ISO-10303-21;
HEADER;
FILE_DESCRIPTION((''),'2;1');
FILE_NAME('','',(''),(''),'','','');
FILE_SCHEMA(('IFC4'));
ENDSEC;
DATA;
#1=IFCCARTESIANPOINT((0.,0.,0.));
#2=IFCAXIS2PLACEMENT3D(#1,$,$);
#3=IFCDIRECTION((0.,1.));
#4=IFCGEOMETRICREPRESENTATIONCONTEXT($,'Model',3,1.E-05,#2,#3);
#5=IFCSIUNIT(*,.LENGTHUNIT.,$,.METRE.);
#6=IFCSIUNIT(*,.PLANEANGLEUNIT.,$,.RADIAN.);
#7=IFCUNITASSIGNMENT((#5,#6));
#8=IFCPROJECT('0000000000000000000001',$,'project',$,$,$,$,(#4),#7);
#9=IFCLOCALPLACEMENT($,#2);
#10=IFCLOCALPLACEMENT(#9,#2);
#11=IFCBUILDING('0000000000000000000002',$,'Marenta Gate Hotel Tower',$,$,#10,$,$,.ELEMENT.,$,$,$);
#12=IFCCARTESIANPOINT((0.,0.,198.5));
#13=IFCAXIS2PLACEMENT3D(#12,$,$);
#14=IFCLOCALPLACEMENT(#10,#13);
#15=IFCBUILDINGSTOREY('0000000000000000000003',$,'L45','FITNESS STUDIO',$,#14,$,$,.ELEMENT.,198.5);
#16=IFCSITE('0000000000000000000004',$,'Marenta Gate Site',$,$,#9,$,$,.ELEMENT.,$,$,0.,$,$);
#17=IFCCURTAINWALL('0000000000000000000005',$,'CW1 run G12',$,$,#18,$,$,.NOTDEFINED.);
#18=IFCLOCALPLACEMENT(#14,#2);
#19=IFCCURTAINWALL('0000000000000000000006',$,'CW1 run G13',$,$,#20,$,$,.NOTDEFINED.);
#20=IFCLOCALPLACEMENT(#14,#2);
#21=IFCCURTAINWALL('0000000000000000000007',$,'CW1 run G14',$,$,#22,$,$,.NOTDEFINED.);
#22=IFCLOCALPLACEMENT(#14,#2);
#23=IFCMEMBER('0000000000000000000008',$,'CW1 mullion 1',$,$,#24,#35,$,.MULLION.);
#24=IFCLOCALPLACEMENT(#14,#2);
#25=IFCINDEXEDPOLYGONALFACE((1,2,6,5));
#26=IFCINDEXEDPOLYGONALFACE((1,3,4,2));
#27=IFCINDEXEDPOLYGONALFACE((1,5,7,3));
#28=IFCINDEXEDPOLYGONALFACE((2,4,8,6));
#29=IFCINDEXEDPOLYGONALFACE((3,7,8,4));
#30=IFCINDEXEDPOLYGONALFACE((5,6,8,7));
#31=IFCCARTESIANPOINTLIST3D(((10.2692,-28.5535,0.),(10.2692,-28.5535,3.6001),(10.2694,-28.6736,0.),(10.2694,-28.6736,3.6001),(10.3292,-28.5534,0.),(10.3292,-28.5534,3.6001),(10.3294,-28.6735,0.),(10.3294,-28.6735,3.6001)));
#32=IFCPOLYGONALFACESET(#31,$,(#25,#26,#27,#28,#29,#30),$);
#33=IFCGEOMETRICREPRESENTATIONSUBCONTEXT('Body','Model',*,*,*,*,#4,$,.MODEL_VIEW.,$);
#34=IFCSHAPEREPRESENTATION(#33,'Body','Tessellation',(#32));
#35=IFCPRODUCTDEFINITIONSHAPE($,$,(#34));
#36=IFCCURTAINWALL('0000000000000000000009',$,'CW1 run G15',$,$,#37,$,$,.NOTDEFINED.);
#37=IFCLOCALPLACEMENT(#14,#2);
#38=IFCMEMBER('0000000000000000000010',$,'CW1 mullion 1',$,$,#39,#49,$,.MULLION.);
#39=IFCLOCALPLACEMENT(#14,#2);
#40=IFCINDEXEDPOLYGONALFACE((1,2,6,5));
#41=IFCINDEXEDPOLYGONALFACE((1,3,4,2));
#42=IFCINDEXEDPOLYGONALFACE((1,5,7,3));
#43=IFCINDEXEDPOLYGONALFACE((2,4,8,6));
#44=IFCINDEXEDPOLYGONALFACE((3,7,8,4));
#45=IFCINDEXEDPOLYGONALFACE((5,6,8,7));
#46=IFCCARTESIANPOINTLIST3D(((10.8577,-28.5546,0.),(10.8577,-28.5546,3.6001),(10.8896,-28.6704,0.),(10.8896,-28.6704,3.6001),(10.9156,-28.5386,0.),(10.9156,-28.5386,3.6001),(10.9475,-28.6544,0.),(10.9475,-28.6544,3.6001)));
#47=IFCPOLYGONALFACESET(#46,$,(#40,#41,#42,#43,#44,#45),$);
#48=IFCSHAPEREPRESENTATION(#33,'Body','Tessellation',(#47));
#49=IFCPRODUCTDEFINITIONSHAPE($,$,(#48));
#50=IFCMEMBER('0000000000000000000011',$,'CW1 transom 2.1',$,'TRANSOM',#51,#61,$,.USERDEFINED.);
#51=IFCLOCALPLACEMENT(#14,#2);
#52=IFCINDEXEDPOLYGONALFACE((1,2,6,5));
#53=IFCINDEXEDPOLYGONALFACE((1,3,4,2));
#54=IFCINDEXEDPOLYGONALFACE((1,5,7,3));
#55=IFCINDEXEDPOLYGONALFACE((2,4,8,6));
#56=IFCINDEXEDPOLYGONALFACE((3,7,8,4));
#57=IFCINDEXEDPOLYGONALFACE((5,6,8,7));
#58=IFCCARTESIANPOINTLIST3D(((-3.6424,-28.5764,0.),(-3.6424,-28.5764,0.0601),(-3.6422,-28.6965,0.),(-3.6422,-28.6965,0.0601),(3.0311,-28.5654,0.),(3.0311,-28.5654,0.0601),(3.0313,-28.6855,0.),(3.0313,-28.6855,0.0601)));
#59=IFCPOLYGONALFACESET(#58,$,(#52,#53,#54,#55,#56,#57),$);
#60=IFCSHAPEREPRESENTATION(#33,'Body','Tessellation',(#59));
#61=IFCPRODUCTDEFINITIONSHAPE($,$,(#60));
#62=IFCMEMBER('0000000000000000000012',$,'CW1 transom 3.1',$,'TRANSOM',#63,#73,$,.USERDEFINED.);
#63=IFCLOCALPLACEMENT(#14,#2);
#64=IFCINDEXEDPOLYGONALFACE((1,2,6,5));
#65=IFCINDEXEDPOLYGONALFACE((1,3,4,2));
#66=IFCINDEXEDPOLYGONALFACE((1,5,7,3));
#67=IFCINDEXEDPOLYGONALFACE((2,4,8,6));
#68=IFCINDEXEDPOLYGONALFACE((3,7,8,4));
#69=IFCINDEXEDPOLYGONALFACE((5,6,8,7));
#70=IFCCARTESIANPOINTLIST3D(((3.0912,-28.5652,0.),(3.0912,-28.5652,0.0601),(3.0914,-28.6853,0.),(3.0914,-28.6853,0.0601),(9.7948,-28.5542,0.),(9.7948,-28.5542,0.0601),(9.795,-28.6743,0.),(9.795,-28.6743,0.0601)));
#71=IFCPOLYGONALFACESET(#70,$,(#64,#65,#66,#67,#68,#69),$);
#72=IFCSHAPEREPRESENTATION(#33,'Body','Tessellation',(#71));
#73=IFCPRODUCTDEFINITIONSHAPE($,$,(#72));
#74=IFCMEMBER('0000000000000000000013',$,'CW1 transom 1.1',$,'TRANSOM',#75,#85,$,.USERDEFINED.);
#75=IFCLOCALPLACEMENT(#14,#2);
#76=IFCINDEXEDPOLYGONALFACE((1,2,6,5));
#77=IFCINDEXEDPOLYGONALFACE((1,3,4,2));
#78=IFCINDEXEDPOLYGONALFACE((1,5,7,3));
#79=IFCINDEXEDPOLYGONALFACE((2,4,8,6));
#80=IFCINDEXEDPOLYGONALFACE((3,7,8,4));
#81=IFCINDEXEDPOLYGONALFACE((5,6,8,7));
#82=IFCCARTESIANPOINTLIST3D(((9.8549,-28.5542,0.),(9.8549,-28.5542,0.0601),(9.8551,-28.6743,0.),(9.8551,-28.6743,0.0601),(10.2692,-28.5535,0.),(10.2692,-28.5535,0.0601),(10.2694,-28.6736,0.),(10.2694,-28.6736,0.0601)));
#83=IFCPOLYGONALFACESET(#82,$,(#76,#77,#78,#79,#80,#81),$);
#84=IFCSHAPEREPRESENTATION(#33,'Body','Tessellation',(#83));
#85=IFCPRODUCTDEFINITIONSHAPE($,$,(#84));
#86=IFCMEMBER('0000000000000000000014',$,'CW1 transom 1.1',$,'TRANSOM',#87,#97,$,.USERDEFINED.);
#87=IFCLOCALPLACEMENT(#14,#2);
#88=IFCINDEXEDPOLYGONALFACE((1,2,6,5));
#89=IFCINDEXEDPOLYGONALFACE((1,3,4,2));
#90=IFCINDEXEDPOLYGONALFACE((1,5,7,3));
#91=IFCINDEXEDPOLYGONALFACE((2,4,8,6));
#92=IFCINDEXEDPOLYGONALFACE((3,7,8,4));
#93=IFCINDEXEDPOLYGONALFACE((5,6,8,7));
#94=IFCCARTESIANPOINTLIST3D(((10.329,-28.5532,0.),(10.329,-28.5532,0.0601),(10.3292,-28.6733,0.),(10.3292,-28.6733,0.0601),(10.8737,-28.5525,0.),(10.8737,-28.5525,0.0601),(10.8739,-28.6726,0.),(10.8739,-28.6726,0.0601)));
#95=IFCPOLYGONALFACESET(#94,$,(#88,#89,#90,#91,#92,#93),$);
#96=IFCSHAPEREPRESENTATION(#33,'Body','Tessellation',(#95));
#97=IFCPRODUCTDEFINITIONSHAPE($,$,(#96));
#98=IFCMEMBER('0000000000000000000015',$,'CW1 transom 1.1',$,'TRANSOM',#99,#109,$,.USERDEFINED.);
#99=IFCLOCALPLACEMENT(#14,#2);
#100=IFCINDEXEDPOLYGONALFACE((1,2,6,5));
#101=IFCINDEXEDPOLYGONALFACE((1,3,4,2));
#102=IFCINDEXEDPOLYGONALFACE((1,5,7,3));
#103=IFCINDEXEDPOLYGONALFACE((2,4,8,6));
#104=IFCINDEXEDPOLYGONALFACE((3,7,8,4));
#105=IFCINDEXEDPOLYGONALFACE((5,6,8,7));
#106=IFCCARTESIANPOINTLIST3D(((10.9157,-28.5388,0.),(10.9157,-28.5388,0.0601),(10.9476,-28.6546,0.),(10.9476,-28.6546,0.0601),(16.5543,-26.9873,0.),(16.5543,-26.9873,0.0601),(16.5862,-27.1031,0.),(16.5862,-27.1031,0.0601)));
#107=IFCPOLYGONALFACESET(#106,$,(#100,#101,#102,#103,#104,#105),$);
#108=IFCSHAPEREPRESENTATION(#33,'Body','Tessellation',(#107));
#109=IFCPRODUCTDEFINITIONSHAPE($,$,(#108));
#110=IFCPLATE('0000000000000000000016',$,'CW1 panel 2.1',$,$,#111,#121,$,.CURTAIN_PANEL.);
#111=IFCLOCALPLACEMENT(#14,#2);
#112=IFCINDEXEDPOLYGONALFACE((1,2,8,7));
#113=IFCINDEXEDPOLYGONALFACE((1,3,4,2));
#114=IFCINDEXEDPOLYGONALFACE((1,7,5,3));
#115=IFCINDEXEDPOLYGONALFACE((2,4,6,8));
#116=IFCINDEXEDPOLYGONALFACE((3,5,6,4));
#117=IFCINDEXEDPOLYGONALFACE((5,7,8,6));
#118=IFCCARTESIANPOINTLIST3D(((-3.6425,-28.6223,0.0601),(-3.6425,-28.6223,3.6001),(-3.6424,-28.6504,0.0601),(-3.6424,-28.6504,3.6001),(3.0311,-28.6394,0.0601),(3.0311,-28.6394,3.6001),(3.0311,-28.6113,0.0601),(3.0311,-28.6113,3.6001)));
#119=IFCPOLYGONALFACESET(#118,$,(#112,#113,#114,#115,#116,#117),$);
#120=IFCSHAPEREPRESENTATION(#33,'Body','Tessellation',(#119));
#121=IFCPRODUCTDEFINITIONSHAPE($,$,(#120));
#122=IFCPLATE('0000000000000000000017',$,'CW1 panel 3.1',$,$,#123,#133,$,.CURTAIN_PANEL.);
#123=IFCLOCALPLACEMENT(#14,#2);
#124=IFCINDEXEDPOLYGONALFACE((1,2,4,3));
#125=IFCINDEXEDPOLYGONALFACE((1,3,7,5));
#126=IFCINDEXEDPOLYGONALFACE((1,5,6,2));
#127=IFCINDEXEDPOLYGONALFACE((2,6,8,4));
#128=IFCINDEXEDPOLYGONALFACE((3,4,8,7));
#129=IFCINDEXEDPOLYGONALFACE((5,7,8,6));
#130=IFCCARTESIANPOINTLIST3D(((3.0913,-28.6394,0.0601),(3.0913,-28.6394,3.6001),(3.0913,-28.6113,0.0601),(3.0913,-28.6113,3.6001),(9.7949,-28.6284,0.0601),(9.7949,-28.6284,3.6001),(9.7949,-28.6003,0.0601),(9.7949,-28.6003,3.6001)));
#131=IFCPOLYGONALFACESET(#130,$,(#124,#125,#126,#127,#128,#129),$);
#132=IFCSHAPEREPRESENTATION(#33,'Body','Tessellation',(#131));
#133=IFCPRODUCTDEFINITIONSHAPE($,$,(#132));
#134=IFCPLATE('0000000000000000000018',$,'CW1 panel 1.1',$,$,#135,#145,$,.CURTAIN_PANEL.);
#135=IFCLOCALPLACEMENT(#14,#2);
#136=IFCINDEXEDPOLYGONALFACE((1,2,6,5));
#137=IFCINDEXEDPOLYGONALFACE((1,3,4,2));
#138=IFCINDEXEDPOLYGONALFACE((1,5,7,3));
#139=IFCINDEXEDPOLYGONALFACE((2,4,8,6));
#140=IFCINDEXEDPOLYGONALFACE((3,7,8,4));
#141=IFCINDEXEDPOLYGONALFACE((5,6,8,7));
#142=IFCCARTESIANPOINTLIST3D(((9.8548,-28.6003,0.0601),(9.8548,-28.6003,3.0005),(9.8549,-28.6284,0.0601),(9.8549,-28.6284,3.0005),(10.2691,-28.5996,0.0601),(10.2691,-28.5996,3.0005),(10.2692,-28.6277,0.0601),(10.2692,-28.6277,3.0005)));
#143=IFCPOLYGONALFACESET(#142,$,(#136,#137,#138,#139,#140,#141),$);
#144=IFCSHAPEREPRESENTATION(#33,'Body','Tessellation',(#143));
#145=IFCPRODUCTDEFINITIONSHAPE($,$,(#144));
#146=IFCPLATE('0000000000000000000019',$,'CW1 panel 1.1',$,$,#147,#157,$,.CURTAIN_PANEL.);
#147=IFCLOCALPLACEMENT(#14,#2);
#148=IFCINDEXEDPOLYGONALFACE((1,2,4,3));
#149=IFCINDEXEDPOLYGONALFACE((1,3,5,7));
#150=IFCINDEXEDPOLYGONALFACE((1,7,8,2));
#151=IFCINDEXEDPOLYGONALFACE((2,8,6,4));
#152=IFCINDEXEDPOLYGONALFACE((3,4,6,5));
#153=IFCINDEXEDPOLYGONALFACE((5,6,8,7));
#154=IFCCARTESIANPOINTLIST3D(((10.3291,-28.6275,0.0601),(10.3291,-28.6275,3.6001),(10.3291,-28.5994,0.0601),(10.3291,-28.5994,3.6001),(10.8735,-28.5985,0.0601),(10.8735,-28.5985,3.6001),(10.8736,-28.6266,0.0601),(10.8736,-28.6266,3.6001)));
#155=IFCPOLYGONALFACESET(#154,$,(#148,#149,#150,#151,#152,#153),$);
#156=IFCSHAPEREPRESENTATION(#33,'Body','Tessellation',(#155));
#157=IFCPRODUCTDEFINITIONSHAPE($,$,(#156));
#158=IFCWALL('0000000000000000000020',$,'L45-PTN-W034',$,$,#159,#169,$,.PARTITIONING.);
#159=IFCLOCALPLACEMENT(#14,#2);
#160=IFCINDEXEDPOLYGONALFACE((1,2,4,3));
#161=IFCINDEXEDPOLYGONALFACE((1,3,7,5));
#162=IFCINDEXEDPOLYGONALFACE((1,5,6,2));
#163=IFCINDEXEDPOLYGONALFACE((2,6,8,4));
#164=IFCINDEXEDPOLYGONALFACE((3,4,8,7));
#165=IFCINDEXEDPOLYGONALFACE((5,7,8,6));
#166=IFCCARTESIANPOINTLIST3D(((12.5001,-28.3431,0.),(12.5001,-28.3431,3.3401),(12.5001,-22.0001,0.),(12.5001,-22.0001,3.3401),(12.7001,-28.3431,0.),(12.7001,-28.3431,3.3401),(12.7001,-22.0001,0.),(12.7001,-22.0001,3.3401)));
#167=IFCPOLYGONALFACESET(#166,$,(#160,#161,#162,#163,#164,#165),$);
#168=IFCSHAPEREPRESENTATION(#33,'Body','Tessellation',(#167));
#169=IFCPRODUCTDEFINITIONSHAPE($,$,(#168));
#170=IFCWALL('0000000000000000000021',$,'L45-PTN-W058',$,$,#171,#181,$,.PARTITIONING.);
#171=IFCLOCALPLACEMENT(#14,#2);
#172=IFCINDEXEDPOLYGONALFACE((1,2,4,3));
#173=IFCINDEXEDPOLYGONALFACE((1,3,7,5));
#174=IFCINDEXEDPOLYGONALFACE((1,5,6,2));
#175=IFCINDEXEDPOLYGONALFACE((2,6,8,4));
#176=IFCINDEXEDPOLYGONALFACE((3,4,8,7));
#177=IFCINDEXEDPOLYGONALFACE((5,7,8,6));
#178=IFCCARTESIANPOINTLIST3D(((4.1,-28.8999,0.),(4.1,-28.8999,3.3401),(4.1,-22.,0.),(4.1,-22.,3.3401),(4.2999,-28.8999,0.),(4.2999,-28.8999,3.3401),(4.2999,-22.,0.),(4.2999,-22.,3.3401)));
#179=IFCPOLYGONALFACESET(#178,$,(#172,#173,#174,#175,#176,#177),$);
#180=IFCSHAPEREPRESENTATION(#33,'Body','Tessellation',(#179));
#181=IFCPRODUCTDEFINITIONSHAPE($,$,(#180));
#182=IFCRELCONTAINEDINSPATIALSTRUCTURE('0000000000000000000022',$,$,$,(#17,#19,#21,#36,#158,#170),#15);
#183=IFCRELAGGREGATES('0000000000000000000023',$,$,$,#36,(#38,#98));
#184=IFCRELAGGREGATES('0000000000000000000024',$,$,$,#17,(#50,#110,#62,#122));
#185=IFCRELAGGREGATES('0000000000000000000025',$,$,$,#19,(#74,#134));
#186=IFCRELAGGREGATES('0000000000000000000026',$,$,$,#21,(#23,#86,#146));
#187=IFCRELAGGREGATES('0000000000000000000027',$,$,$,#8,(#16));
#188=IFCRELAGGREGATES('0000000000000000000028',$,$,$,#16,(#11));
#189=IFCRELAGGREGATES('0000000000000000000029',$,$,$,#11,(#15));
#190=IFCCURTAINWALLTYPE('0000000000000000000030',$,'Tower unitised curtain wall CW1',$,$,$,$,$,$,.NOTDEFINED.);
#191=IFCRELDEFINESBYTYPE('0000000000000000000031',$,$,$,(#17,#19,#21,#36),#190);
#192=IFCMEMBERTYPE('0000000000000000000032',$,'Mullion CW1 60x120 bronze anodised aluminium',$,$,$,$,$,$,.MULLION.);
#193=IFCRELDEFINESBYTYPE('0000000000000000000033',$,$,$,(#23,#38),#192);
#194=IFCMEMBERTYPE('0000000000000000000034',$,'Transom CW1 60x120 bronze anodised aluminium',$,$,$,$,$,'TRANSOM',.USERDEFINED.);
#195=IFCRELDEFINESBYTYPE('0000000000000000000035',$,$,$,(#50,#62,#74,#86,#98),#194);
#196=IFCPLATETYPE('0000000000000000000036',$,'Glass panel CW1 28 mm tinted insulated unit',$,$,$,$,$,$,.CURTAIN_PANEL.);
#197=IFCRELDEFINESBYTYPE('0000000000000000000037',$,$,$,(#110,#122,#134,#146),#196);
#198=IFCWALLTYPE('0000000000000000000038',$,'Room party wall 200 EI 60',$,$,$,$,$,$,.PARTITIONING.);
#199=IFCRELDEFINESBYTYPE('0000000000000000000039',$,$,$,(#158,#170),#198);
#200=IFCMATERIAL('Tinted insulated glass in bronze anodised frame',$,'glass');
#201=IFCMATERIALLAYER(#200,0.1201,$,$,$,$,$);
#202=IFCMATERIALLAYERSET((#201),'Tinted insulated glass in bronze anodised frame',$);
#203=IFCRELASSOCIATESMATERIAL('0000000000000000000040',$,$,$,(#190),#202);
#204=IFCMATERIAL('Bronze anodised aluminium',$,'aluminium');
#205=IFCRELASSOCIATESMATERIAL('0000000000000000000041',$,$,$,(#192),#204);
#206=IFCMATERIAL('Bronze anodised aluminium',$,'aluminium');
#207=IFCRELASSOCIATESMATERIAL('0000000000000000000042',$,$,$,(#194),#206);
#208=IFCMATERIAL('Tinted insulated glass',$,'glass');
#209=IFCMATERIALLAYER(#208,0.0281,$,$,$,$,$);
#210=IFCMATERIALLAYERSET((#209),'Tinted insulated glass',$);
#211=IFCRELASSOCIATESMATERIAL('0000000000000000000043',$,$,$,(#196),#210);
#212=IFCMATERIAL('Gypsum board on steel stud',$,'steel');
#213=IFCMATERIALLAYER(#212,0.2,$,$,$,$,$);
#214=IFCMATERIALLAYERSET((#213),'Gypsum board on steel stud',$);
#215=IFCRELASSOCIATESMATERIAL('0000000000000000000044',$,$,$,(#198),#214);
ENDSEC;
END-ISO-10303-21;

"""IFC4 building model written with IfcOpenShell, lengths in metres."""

from ifc_helpers import new_model, si_unit, direction, frame, frame_2d, origin, origin_2d, place, context, subcontext, project, spatial, rectangle, extrude, material, layer, layer_set, material_profile, profile_set, type_object, element, aggregate, save


model = new_model("IFC4")

# Units and contexts
model_context = context("Model", 3, precision=1e-05, world=origin(), true_north=direction((0.0, 1.0)))
body_context = subcontext(model_context, "Body", "Model", "MODEL_VIEW")
ifc_project = project(units=[si_unit("LENGTHUNIT", "METRE"), si_unit("PLANEANGLEUNIT", "RADIAN")], contexts=[model_context])

# Site, building, storey
site_placement = place(None, origin())
site = spatial("IfcSite", under=ifc_project, at=site_placement, Name="Marenta Gate Site", CompositionType="ELEMENT", RefElevation=0.0)
building_placement = place(site_placement, origin())
building = spatial("IfcBuilding", under=site, at=building_placement, Name="Marenta Gate Hotel Tower", CompositionType="ELEMENT")
storey_placement = place(building_placement, frame((0.0, 0.0, 198.5)))
storey = spatial("IfcBuildingStorey", under=building, at=storey_placement, Name="L45", Description="FITNESS STUDIO", CompositionType="ELEMENT", Elevation=198.5)

# Curtain wall
ifc_material_1 = material(Name="Tinted insulated glass in bronze anodised frame", Category="glass")
ifc_layer_1 = layer(ifc_material_1, 0.1201)
ifc_layer_set_1 = layer_set([ifc_layer_1], Name="Tinted insulated glass in bronze anodised frame")
curtain_wall_type = type_object("IfcCurtainWallType", Name="Tower unitised curtain wall CW1", PredefinedType="NOTDEFINED", material=ifc_layer_set_1)
curtain_wall_1_placement = place(storey_placement, origin())
curtain_wall_1 = element("IfcCurtainWall", 1, at=curtain_wall_1_placement, inside=storey, type_object=curtain_wall_type, Name="CW1 run G12", PredefinedType="NOTDEFINED")
ifc_material_2 = material(Name="Bronze anodised aluminium", Category="aluminium")
ifc_material_profile_1 = material_profile(ifc_material_2, rectangle(XDim=0.1201, YDim=0.0601, at=origin_2d()), Name="Mullion CW1 60x120 bronze anodised aluminium")
ifc_profile_set_1 = profile_set([ifc_material_profile_1], Name="Bronze anodised aluminium")
member_type_1 = type_object("IfcMemberType", Name="Mullion CW1 60x120 bronze anodised aluminium", PredefinedType="MULLION", material=ifc_profile_set_1)

# Curtain walls, members
curtain_wall_2_placement = place(storey_placement, origin())
curtain_wall_2 = element("IfcCurtainWall", 2, at=curtain_wall_2_placement, inside=storey, type_object=curtain_wall_type, Name="CW1 run G13", PredefinedType="NOTDEFINED")
curtain_wall_3_placement = place(storey_placement, origin())
curtain_wall_3 = element("IfcCurtainWall", 3, at=curtain_wall_3_placement, inside=storey, type_object=curtain_wall_type, Name="CW1 run G14", PredefinedType="NOTDEFINED")
member_1_placement = place(storey_placement, frame((10.2993, -28.6135, 0.0), z_axis=(0.0, 0.0, 1.0), x_axis=(-0.001654, 0.999999, 0.0)))
member_1 = element("IfcMember", 4, at=member_1_placement, type_object=member_type_1, Name="CW1 mullion 1", PredefinedType="MULLION", context=body_context, shape_type="SweptSolid", body=[
    extrude(rectangle(XDim=0.1201, YDim=0.0601, at=origin_2d()), origin(), (0.0, 0.0, 1.0), 3.6001),
])
curtain_wall_4_placement = place(storey_placement, origin())
curtain_wall_4 = element("IfcCurtainWall", 5, at=curtain_wall_4_placement, inside=storey, type_object=curtain_wall_type, Name="CW1 run G15", PredefinedType="NOTDEFINED")
member_2_placement = place(storey_placement, frame((10.9026, -28.6045, 0.0), z_axis=(0.0, 0.0, 1.0), x_axis=(-0.265293, 0.964168, 0.0)))
member_2 = element("IfcMember", 6, at=member_2_placement, type_object=member_type_1, Name="CW1 mullion 1", PredefinedType="MULLION", context=body_context, shape_type="SweptSolid", body=[
    extrude(rectangle(XDim=0.1201, YDim=0.0601, at=origin_2d()), origin(), (0.0, 0.0, 1.0), 3.6001),
])

# Members
ifc_material_3 = material(Name="Bronze anodised aluminium", Category="aluminium")
ifc_material_profile_2 = material_profile(ifc_material_3, rectangle(XDim=0.1201, YDim=0.0601, at=origin_2d()), Name="Transom CW1 60x120 bronze anodised aluminium")
ifc_profile_set_2 = profile_set([ifc_material_profile_2], Name="Bronze anodised aluminium")
member_type_2 = type_object("IfcMemberType", Name="Transom CW1 60x120 bronze anodised aluminium", ElementType="TRANSOM", PredefinedType="USERDEFINED", material=ifc_profile_set_2)
member_3_placement = place(storey_placement, frame((-3.6423, -28.6365, 0.03), z_axis=(0.999999, 0.001646, 0.0), x_axis=(-0.001646, 0.999999, 0.0)))
member_3 = element("IfcMember", 7, at=member_3_placement, type_object=member_type_2, Name="CW1 transom 2.1", ObjectType="TRANSOM", PredefinedType="USERDEFINED", context=body_context, shape_type="SweptSolid", body=[
    extrude(rectangle(XDim=0.1201, YDim=0.0601, at=origin_2d()), origin(), (0.0, 0.0, 1.0), 6.6736),
])
member_4_placement = place(storey_placement, frame((3.0913, -28.6252, 0.03), z_axis=(0.999999, 0.001639, 0.0), x_axis=(-0.001639, 0.999999, 0.0)))
member_4 = element("IfcMember", 8, at=member_4_placement, type_object=member_type_2, Name="CW1 transom 3.1", ObjectType="TRANSOM", PredefinedType="USERDEFINED", context=body_context, shape_type="SweptSolid", body=[
    extrude(rectangle(XDim=0.1201, YDim=0.0601, at=origin_2d()), origin(), (0.0, 0.0, 1.0), 6.7036),
])
member_5_placement = place(storey_placement, frame((9.855, -28.6143, 0.03), z_axis=(0.999998, 0.001768, 0.0), x_axis=(-0.001768, 0.999998, 0.0)))
member_5 = element("IfcMember", 9, at=member_5_placement, type_object=member_type_2, Name="CW1 transom 1.1", ObjectType="TRANSOM", PredefinedType="USERDEFINED", context=body_context, shape_type="SweptSolid", body=[
    extrude(rectangle(XDim=0.1201, YDim=0.0601, at=origin_2d()), origin(), (0.0, 0.0, 1.0), 0.4143),
])
member_6_placement = place(storey_placement, frame((10.3291, -28.6133, 0.03), z_axis=(0.999999, 0.001345, 0.0), x_axis=(-0.001345, 0.999999, 0.0)))
member_6 = element("IfcMember", 10, at=member_6_placement, type_object=member_type_2, Name="CW1 transom 1.1", ObjectType="TRANSOM", PredefinedType="USERDEFINED", context=body_context, shape_type="SweptSolid", body=[
    extrude(rectangle(XDim=0.1201, YDim=0.0601, at=origin_2d()), origin(), (0.0, 0.0, 1.0), 0.5447),
])
member_7_placement = place(storey_placement, frame((10.9316, -28.5967, 0.03), z_axis=(0.964167, 0.265296, 0.0), x_axis=(-0.265296, 0.964167, 0.0)))
member_7 = element("IfcMember", 11, at=member_7_placement, type_object=member_type_2, Name="CW1 transom 1.1", ObjectType="TRANSOM", PredefinedType="USERDEFINED", context=body_context, shape_type="SweptSolid", body=[
    extrude(rectangle(XDim=0.1201, YDim=0.0601, at=origin_2d()), origin(), (0.0, 0.0, 1.0), 5.8481),
])
aggregate(curtain_wall_4, [member_2, member_7])

# Plates
ifc_material_4 = material(Name="Tinted insulated glass", Category="glass")
ifc_layer_2 = layer(ifc_material_4, 0.0281)
ifc_layer_set_2 = layer_set([ifc_layer_2], Name="Tinted insulated glass")
plate_type = type_object("IfcPlateType", Name="Glass panel CW1 28 mm tinted insulated unit", PredefinedType="CURTAIN_PANEL", material=ifc_layer_set_2)
plate_1_placement = place(storey_placement, frame((-0.3057, -28.6309, 0.0601), z_axis=(0.0, 0.0, 1.0), x_axis=(0.999999, 0.001643, 0.0)))
plate_1 = element("IfcPlate", 12, at=plate_1_placement, type_object=plate_type, Name="CW1 panel 2.1", PredefinedType="CURTAIN_PANEL", context=body_context, shape_type="SweptSolid", body=[
    extrude(rectangle(XDim=6.6736, YDim=0.0281, at=origin_2d()), origin(), (0.0, 0.0, 1.0), 3.54),
])
plate_2_placement = place(storey_placement, frame((6.4431, -28.6199, 0.0601), z_axis=(0.0, 0.0, 1.0), x_axis=(0.999999, 0.001643, 0.0)))
plate_2 = element("IfcPlate", 13, at=plate_2_placement, type_object=plate_type, Name="CW1 panel 3.1", PredefinedType="CURTAIN_PANEL", context=body_context, shape_type="SweptSolid", body=[
    extrude(rectangle(XDim=6.7036, YDim=0.0281, at=origin_2d()), origin(), (0.0, 0.0, 1.0), 3.54),
])
aggregate(curtain_wall_1, [member_3, plate_1, member_4, plate_2])
plate_3_placement = place(storey_placement, frame((10.062, -28.614, 0.0601), z_axis=(0.0, 0.0, 1.0), x_axis=(0.999999, 0.001687, 0.0)))
plate_3 = element("IfcPlate", 14, at=plate_3_placement, type_object=plate_type, Name="CW1 panel 1.1", PredefinedType="CURTAIN_PANEL", context=body_context, shape_type="SweptSolid", body=[
    extrude(rectangle(XDim=0.4143, YDim=0.0281, at=origin_2d()), origin(), (0.0, 0.0, 1.0), 2.9404),
])
aggregate(curtain_wall_2, [member_5, plate_3])
plate_4_placement = place(storey_placement, frame((10.6013, -28.613, 0.0601), z_axis=(0.0, 0.0, 1.0), x_axis=(0.999999, 0.001654, 0.0)))
plate_4 = element("IfcPlate", 15, at=plate_4_placement, type_object=plate_type, Name="CW1 panel 1.1", PredefinedType="CURTAIN_PANEL", context=body_context, shape_type="SweptSolid", body=[
    extrude(rectangle(XDim=0.5444, YDim=0.0281, at=origin_2d()), origin(), (0.0, 0.0, 1.0), 3.54),
])
aggregate(curtain_wall_3, [member_1, member_6, plate_4])

# Walls
ifc_material_5 = material(Name="Gypsum board on steel stud", Category="steel")
ifc_layer_3 = layer(ifc_material_5, 0.2)
ifc_layer_set_3 = layer_set([ifc_layer_3], Name="Gypsum board on steel stud")
wall_type = type_object("IfcWallType", Name="Room party wall 200 EI 60", PredefinedType="PARTITIONING", material=ifc_layer_set_3)
wall_1_placement = place(storey_placement, frame((12.6001, -28.343, 0.0), z_axis=(0.0, 0.0, 1.0), x_axis=(0.0, 1.0, 0.0)))
element("IfcWall", 16, at=wall_1_placement, inside=storey, type_object=wall_type, Name="L45-PTN-W034", PredefinedType="PARTITIONING", context=body_context, shape_type="SweptSolid", body=[
    extrude(rectangle(XDim=6.343, YDim=0.2, at=frame_2d((3.1714, 0.0))), origin(), (0.0, 0.0, 1.0), 3.3401),
])
wall_2_placement = place(storey_placement, frame((4.2, -28.8999, 0.0), z_axis=(0.0, 0.0, 1.0), x_axis=(0.0, 1.0, 0.0)))
element("IfcWall", 17, at=wall_2_placement, inside=storey, type_object=wall_type, Name="L45-PTN-W058", PredefinedType="PARTITIONING", context=body_context, shape_type="SweptSolid", body=[
    extrude(rectangle(XDim=6.8999, YDim=0.2, at=frame_2d((3.45, 0.0))), origin(), (0.0, 0.0, 1.0), 3.3401),
])

save(model, "model.ifc")
